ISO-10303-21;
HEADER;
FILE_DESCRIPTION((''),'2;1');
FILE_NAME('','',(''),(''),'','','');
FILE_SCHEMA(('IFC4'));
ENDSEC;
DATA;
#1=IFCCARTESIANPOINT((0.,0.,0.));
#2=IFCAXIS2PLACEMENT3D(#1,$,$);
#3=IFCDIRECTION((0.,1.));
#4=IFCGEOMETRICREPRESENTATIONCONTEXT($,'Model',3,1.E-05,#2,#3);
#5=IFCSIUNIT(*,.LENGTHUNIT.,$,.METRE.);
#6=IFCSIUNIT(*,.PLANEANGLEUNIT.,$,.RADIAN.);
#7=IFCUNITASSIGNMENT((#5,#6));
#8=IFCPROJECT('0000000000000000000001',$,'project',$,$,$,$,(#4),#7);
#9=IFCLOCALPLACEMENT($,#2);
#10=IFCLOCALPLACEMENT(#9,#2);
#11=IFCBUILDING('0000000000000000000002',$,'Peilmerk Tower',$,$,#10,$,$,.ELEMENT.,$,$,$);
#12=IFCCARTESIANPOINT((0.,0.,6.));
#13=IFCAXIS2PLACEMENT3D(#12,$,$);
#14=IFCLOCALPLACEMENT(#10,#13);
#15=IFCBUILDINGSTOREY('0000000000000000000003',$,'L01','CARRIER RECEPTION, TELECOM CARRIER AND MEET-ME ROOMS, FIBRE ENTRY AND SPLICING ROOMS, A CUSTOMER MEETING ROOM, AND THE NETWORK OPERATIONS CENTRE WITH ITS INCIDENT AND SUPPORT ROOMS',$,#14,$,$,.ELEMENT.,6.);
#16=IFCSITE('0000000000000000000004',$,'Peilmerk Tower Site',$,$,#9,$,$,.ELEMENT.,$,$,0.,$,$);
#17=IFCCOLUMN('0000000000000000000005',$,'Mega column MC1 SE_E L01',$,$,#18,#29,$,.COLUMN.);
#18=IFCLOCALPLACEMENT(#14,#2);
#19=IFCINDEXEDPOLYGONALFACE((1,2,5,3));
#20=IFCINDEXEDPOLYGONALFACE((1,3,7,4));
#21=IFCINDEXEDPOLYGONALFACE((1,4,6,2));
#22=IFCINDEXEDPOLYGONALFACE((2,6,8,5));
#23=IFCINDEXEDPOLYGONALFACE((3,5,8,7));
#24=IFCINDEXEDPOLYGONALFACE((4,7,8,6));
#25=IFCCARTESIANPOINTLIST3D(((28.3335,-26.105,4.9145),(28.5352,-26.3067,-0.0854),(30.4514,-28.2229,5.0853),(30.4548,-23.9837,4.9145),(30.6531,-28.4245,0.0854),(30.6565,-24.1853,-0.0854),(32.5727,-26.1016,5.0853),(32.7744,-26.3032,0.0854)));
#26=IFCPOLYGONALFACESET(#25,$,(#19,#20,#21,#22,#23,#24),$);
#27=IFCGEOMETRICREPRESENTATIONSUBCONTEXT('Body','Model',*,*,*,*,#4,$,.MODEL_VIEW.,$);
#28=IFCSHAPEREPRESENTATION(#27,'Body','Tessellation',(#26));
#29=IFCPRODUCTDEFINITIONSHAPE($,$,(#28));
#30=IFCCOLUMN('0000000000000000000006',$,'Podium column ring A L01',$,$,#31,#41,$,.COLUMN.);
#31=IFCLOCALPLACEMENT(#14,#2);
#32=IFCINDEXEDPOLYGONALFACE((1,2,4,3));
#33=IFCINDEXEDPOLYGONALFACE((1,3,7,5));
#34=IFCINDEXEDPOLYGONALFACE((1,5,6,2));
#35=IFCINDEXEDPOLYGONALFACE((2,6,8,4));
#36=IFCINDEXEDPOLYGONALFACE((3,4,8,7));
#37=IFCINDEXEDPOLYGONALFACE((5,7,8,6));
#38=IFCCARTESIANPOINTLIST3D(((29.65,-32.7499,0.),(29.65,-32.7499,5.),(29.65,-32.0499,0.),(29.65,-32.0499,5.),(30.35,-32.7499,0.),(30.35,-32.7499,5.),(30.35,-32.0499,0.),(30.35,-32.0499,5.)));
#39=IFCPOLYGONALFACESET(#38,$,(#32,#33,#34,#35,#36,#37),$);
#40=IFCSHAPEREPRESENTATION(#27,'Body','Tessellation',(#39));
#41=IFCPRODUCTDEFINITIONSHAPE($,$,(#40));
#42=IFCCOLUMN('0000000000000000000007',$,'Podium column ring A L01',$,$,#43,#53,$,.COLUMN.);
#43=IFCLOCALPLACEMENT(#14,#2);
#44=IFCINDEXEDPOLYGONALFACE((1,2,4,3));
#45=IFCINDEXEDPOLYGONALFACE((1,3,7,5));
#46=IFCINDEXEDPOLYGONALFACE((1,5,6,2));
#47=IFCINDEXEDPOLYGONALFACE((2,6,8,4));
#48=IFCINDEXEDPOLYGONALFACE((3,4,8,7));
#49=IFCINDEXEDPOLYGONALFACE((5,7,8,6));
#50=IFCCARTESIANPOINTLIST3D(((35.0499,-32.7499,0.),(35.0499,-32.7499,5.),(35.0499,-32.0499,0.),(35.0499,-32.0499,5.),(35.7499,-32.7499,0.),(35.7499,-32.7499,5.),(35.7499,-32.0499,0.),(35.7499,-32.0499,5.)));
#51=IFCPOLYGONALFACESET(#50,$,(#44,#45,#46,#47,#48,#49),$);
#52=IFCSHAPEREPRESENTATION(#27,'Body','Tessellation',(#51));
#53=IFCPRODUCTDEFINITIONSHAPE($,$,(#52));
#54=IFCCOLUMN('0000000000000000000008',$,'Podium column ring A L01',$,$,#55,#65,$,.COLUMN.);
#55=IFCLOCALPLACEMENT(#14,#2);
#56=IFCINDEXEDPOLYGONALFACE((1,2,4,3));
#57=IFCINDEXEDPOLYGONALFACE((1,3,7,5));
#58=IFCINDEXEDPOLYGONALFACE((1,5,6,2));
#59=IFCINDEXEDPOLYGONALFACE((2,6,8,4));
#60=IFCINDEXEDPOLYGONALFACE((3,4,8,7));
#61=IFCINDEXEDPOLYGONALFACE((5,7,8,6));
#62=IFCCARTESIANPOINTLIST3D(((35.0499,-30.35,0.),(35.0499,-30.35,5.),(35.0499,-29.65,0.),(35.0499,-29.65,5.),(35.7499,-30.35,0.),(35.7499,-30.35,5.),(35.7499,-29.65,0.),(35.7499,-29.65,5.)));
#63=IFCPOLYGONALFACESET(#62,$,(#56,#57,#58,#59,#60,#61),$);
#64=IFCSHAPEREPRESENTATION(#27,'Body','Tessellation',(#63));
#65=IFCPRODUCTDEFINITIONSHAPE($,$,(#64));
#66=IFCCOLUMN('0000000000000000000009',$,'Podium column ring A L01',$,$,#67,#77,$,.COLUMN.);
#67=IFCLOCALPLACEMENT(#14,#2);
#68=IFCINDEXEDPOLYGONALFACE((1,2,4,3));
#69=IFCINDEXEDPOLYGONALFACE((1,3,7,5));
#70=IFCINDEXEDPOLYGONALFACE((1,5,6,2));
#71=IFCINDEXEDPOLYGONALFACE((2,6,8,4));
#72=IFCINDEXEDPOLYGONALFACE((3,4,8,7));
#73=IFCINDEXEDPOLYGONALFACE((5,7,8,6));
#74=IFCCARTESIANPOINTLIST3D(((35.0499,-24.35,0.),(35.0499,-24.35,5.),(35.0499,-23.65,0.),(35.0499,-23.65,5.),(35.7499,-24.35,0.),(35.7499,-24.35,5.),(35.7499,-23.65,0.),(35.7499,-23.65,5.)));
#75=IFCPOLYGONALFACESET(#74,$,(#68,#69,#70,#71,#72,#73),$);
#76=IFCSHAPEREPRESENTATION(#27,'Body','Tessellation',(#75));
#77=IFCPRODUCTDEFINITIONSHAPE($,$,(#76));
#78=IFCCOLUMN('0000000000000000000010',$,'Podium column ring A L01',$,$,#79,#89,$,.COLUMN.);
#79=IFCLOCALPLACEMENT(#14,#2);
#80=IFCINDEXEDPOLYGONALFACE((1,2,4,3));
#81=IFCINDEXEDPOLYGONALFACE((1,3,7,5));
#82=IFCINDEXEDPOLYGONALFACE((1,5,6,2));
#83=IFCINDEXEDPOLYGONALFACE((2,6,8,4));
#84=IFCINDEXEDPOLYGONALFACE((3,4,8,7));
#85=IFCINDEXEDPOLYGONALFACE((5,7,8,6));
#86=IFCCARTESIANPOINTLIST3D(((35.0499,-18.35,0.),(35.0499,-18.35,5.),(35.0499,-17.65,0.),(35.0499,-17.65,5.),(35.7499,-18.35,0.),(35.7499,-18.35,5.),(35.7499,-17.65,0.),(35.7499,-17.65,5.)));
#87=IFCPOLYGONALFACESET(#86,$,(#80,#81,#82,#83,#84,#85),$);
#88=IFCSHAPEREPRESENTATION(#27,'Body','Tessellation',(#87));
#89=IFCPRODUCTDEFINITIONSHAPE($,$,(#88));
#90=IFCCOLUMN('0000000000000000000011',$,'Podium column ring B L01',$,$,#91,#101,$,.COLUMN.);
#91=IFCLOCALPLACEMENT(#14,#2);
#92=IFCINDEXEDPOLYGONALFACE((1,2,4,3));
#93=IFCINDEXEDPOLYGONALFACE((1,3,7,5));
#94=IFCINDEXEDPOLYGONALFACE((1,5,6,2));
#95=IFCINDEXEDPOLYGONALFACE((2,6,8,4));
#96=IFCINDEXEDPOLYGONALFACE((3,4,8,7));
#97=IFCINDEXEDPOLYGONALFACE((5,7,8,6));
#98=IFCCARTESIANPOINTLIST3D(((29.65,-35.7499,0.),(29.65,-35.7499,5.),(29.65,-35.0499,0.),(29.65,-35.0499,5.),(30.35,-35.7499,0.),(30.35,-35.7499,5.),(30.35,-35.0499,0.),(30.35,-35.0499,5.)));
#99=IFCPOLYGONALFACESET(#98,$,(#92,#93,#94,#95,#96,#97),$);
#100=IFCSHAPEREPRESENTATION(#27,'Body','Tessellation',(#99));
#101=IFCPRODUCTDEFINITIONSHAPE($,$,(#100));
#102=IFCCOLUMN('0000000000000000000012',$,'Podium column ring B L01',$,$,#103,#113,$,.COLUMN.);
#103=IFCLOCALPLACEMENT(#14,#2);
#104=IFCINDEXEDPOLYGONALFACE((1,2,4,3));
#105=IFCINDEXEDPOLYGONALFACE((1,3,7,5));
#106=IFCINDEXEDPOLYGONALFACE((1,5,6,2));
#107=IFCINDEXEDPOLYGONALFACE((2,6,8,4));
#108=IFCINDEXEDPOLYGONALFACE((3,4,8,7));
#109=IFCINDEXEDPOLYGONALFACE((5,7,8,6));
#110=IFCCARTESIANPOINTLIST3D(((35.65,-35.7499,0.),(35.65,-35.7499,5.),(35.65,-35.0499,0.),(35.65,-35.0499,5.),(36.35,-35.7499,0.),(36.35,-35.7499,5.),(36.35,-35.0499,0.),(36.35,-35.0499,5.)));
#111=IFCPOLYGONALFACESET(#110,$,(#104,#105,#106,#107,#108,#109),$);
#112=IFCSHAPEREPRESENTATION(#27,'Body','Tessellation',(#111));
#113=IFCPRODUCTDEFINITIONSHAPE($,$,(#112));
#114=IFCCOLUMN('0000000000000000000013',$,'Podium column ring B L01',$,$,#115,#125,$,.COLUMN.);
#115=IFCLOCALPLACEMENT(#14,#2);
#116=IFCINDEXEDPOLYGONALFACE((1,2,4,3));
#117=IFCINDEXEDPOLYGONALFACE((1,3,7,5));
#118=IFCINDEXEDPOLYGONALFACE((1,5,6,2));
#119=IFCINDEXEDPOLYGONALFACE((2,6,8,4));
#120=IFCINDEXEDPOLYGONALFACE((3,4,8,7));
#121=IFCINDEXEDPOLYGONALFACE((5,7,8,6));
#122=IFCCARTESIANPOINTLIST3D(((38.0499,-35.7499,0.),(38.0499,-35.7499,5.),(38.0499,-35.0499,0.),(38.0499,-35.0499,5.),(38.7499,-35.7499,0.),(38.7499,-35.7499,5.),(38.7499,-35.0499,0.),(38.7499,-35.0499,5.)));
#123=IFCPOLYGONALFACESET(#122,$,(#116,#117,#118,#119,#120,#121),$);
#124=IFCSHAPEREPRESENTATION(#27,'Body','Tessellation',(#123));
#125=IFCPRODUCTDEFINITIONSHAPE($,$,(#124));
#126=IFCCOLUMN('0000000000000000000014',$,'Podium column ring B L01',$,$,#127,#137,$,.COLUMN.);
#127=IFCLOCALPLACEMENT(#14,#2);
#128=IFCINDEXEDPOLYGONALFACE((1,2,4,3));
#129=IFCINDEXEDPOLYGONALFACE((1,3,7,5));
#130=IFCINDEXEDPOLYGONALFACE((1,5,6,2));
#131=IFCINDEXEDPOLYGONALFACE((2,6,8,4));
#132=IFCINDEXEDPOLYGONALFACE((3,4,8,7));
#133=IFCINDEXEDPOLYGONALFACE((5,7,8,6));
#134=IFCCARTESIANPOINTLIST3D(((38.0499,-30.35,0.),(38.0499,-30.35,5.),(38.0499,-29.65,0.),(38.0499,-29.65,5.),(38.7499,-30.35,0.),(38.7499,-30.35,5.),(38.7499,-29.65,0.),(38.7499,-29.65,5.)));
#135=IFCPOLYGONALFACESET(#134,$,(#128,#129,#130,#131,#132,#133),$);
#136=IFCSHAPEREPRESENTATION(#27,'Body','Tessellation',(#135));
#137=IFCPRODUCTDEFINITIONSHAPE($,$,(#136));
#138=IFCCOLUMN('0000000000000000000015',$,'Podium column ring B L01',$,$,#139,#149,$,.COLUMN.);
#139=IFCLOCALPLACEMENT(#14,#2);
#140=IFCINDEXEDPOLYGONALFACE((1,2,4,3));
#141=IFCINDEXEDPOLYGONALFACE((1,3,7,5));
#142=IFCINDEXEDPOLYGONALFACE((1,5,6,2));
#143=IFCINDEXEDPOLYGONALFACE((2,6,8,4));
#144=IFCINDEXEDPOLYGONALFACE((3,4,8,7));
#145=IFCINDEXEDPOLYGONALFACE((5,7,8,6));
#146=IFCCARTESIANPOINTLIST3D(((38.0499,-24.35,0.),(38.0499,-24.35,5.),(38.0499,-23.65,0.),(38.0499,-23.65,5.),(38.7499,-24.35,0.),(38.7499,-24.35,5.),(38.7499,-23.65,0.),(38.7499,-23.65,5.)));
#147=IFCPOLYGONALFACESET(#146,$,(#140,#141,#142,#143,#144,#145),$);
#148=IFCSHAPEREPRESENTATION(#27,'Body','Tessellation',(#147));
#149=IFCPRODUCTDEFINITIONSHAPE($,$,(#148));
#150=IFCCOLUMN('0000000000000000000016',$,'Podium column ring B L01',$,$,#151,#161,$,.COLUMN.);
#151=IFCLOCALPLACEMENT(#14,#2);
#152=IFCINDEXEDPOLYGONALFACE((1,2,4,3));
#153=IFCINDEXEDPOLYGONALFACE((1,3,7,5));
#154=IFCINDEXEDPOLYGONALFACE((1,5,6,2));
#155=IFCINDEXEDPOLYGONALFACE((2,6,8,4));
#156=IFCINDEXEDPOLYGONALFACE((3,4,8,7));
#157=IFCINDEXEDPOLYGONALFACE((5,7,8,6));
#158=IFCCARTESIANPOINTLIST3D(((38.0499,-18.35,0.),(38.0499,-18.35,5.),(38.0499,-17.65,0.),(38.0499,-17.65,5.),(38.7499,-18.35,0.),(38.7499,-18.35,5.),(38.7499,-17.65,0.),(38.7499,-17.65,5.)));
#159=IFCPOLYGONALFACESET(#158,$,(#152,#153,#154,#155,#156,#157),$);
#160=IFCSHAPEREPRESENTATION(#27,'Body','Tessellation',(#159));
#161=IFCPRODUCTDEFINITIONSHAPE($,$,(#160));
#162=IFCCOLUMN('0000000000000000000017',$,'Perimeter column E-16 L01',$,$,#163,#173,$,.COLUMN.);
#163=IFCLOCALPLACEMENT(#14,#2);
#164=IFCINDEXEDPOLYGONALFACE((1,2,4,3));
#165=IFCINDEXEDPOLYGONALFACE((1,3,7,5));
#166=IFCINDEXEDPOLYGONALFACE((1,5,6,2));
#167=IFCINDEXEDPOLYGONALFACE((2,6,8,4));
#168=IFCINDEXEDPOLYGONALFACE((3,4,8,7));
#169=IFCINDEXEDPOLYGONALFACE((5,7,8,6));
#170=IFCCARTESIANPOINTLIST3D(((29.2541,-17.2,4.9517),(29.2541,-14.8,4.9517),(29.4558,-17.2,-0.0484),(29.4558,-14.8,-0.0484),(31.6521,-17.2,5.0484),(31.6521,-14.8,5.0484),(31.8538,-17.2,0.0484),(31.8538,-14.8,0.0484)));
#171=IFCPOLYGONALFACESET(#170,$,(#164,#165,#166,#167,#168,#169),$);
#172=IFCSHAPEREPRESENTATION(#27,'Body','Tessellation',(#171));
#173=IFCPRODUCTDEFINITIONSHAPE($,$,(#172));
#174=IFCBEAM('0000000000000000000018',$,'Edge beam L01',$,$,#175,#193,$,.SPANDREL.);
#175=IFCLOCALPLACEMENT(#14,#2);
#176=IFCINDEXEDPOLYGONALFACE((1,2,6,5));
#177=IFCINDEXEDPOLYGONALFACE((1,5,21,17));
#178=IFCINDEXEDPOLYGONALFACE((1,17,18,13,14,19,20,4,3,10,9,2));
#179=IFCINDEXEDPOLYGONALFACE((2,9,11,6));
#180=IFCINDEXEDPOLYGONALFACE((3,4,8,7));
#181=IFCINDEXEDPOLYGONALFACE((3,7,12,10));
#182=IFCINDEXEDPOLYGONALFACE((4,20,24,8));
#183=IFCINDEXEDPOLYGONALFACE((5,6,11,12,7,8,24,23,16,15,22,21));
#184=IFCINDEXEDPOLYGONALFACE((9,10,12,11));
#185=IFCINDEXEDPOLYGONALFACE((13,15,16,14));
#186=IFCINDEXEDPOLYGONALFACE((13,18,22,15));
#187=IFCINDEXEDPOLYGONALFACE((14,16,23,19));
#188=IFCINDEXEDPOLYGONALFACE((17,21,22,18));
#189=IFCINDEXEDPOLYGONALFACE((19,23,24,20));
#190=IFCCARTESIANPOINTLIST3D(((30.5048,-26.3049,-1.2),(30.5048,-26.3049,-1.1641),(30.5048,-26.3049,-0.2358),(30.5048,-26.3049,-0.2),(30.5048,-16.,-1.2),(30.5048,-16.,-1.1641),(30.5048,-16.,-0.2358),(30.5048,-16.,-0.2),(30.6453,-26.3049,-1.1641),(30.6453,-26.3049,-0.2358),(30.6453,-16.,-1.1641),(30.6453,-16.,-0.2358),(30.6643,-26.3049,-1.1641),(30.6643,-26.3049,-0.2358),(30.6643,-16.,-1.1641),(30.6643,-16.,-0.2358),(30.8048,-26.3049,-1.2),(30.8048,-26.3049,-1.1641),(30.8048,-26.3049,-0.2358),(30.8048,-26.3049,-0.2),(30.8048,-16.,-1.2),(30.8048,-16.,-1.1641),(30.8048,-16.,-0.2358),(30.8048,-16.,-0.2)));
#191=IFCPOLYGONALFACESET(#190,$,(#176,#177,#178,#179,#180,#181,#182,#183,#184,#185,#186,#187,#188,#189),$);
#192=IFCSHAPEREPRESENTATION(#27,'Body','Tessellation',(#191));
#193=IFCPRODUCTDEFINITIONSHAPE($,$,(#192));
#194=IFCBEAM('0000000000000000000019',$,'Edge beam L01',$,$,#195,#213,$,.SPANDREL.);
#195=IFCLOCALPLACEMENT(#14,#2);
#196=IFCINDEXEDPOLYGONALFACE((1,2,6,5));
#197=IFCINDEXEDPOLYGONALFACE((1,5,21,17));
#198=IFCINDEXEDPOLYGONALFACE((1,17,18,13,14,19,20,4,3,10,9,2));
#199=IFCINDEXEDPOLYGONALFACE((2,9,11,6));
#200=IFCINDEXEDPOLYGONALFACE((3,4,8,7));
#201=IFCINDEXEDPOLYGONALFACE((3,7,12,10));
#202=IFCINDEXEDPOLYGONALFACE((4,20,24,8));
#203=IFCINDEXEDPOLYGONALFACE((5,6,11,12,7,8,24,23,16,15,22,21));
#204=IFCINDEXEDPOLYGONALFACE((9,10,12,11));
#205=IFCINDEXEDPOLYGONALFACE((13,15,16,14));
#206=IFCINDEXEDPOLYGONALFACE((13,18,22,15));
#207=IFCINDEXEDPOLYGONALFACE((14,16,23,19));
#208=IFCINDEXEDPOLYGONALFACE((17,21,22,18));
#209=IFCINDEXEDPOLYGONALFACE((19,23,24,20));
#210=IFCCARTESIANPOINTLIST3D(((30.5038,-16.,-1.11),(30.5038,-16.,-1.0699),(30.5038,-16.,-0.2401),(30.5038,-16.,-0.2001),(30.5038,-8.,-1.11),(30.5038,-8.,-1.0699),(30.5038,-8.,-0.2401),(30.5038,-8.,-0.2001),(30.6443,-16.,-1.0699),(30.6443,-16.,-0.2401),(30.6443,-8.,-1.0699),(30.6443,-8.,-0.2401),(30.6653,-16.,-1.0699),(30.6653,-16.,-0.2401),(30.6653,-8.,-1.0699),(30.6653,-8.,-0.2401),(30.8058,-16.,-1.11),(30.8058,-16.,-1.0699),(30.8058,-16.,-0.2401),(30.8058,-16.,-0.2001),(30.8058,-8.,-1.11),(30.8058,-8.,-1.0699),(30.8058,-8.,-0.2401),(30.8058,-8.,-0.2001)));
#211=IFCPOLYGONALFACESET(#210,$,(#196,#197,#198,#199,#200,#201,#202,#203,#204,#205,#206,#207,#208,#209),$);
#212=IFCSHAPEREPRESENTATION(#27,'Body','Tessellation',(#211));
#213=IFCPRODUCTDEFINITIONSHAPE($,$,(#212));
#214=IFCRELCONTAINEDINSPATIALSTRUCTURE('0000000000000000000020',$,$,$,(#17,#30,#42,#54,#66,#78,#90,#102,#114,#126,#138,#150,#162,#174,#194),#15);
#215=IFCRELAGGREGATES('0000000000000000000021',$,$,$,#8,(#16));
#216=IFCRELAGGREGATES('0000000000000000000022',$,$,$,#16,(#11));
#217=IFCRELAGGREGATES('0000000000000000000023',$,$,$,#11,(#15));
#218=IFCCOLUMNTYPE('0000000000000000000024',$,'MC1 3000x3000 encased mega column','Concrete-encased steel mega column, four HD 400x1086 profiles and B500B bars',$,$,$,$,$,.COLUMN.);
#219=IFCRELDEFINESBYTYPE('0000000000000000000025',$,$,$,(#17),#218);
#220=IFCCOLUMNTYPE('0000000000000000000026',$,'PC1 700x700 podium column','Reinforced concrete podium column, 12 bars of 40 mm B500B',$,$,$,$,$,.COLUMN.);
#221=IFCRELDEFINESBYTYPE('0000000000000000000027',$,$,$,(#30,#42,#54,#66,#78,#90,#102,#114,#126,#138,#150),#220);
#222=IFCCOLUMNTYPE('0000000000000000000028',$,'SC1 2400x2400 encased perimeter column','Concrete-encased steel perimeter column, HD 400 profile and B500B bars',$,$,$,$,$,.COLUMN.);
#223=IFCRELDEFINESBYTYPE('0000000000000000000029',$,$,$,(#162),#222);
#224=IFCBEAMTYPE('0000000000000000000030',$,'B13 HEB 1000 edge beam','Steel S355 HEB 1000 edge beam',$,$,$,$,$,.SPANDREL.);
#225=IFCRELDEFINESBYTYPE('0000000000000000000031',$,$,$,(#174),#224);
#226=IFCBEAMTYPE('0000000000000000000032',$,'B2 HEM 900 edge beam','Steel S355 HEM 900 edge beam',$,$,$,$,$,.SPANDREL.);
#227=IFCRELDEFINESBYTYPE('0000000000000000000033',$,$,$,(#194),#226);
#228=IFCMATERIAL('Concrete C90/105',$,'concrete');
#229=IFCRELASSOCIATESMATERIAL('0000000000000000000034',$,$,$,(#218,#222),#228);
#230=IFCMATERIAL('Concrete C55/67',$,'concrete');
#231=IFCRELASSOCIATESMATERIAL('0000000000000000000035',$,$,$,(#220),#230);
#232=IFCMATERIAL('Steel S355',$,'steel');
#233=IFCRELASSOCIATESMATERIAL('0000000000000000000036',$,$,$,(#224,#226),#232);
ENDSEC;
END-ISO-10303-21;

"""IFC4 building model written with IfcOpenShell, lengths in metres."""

from ifc_helpers import new_model, si_unit, direction, frame, origin, origin_2d, place, context, subcontext, project, spatial, rectangle, i_section, extrude, material, material_profile, profile_set, type_object, element, save


model = new_model("IFC4")

# Units and contexts
model_context = context("Model", 3, precision=1e-05, world=origin(), true_north=direction((0.0, 1.0)))
body_context = subcontext(model_context, "Body", "Model", "MODEL_VIEW")
ifc_project = project(units=[si_unit("LENGTHUNIT", "METRE"), si_unit("PLANEANGLEUNIT", "RADIAN")], contexts=[model_context])

# Site, building, storey
site_placement = place(None, origin())
site = spatial("IfcSite", under=ifc_project, at=site_placement, Name="Peilmerk Tower Site", CompositionType="ELEMENT", RefElevation=0.0)
building_placement = place(site_placement, origin())
building = spatial("IfcBuilding", under=site, at=building_placement, Name="Peilmerk Tower", CompositionType="ELEMENT")
storey_placement = place(building_placement, frame((0.0, 0.0, 6.0)))
storey = spatial("IfcBuildingStorey", under=building, at=storey_placement, Name="L01", Description="CARRIER RECEPTION, TELECOM CARRIER AND MEET-ME ROOMS, FIBRE ENTRY AND SPLICING ROOMS, A CUSTOMER MEETING ROOM, AND THE NETWORK OPERATIONS CENTRE WITH ITS INCIDENT AND SUPPORT ROOMS", CompositionType="ELEMENT", Elevation=6.0)

# Columns
ifc_material_1 = material(Name="Concrete C90/105", Category="concrete")
ifc_material_profile_1 = material_profile(ifc_material_1, rectangle(XDim=3.0, YDim=3.0, at=origin_2d()), Name="RC 3000x3000")
ifc_profile_set_1 = profile_set([ifc_material_profile_1], Name="Concrete C90/105")
column_type_1 = type_object("IfcColumnType", Name="MC1 3000x3000 encased mega column", Description="Concrete-encased steel mega column, four HD 400x1086 profiles and B500B bars", PredefinedType="COLUMN", material=ifc_profile_set_1)
column_1_placement = place(storey_placement, frame((30.6548, -26.3049, 0.0), z_axis=(-0.040267, 0.040267, 0.998377), x_axis=(-0.707107, -0.707107, 0.0)))
element("IfcColumn", 1, at=column_1_placement, inside=storey, type_object=column_type_1, Name="Mega column MC1 SE_E L01", PredefinedType="COLUMN", context=body_context, shape_type="SweptSolid", body=[
    extrude(rectangle(XDim=3.0, YDim=3.0, at=origin_2d()), origin(), (0.0, 0.0, 1.0), 5.0081),
])
ifc_material_2 = material(Name="Concrete C55/67", Category="concrete")
ifc_material_profile_2 = material_profile(ifc_material_2, rectangle(XDim=0.7, YDim=0.7, at=origin_2d()), Name="RC 700x700")
ifc_profile_set_2 = profile_set([ifc_material_profile_2], Name="Concrete C55/67")
column_type_2 = type_object("IfcColumnType", Name="PC1 700x700 podium column", Description="Reinforced concrete podium column, 12 bars of 40 mm B500B", PredefinedType="COLUMN", material=ifc_profile_set_2)
for number, where, z_axis, x_axis, name in (
    (2, (30.0, -32.3999, 0.0), (0.0, 0.0, 1.0), (1.0, 0.0, 0.0), "Podium column ring A L01"),
    (3, (35.3999, -32.3999, 0.0), (0.0, 0.0, 1.0), (1.0, 0.0, 0.0), "Podium column ring A L01"),
    (4, (35.3999, -30.0, 0.0), (0.0, 0.0, 1.0), (1.0, 0.0, 0.0), "Podium column ring A L01"),
    (5, (35.3999, -24.0, 0.0), (0.0, 0.0, 1.0), (1.0, 0.0, 0.0), "Podium column ring A L01"),
    (6, (35.3999, -18.0, 0.0), (0.0, 0.0, 1.0), (1.0, 0.0, 0.0), "Podium column ring A L01"),
    (7, (30.0, -35.3999, 0.0), (0.0, 0.0, 1.0), (1.0, 0.0, 0.0), "Podium column ring B L01"),
    (8, (36.0, -35.3999, 0.0), (0.0, 0.0, 1.0), (1.0, 0.0, 0.0), "Podium column ring B L01"),
    (9, (38.3999, -35.3999, 0.0), (0.0, 0.0, 1.0), (1.0, 0.0, 0.0), "Podium column ring B L01"),
    (10, (38.3999, -30.0, 0.0), (0.0, 0.0, 1.0), (1.0, 0.0, 0.0), "Podium column ring B L01"),
    (11, (38.3999, -24.0, 0.0), (0.0, 0.0, 1.0), (1.0, 0.0, 0.0), "Podium column ring B L01"),
    (12, (38.3999, -18.0, 0.0), (0.0, 0.0, 1.0), (1.0, 0.0, 0.0), "Podium column ring B L01"),
):
    element("IfcColumn", number, at=place(storey_placement, frame(where, z_axis=z_axis, x_axis=x_axis)), inside=storey, type_object=column_type_2, Name=name, PredefinedType="COLUMN", context=body_context, shape_type="SweptSolid", body=[
        extrude(rectangle(XDim=0.7, YDim=0.7, at=origin_2d()), origin(), (0.0, 0.0, 1.0), 5.0),
    ])
ifc_material_profile_3 = material_profile(ifc_material_1, rectangle(XDim=2.3999, YDim=2.3999, at=origin_2d()), Name="RC 2400x2400")
ifc_profile_set_3 = profile_set([ifc_material_profile_3], Name="Concrete C90/105")
column_type_3 = type_object("IfcColumnType", Name="SC1 2400x2400 encased perimeter column", Description="Concrete-encased steel perimeter column, HD 400 profile and B500B bars", PredefinedType="COLUMN", material=ifc_profile_set_3)
column_2_placement = place(storey_placement, frame((30.6548, -16.0, 0.0), z_axis=(-0.040299, 0.0, 0.999188), x_axis=(0.0, -1.0, 0.0)))
element("IfcColumn", 13, at=column_2_placement, inside=storey, type_object=column_type_3, Name="Perimeter column E-16 L01", PredefinedType="COLUMN", context=body_context, shape_type="SweptSolid", body=[
    extrude(rectangle(XDim=2.3999, YDim=2.3999, at=origin_2d()), origin(), (0.0, 0.0, 1.0), 5.0042),
])

# Beams
ifc_material_3 = material(Name="Steel S355", Category="steel")
ifc_material_profile_4 = material_profile(ifc_material_3, i_section(OverallWidth=0.3, OverallDepth=1.0, WebThickness=0.019, FlangeThickness=0.0359, at=origin_2d()), Name="HEB 1000")
ifc_profile_set_4 = profile_set([ifc_material_profile_4], Name="Steel S355")
beam_type_1 = type_object("IfcBeamType", Name="B13 HEB 1000 edge beam", Description="Steel S355 HEB 1000 edge beam", PredefinedType="SPANDREL", material=ifc_profile_set_4)
beam_1_placement = place(storey_placement, frame((30.6548, -26.3049, -0.7), z_axis=(0.0, 1.0, 0.0), x_axis=(-1.0, 0.0, 0.0)))
element("IfcBeam", 14, at=beam_1_placement, inside=storey, type_object=beam_type_1, Name="Edge beam L01", PredefinedType="SPANDREL", context=body_context, shape_type="SweptSolid", body=[
    extrude(i_section(OverallWidth=0.3, OverallDepth=1.0, WebThickness=0.019, FlangeThickness=0.0359, at=origin_2d()), origin(), (0.0, 0.0, 1.0), 10.3049),
])
ifc_material_profile_5 = material_profile(ifc_material_3, i_section(OverallWidth=0.302, OverallDepth=0.9099, WebThickness=0.021, FlangeThickness=0.04, at=origin_2d()), Name="HEM 900")
ifc_profile_set_5 = profile_set([ifc_material_profile_5], Name="Steel S355")
beam_type_2 = type_object("IfcBeamType", Name="B2 HEM 900 edge beam", Description="Steel S355 HEM 900 edge beam", PredefinedType="SPANDREL", material=ifc_profile_set_5)
beam_2_placement = place(storey_placement, frame((30.6548, -16.0, -0.655), z_axis=(0.0, 1.0, 0.0), x_axis=(-1.0, 0.0, 0.0)))
element("IfcBeam", 15, at=beam_2_placement, inside=storey, type_object=beam_type_2, Name="Edge beam L01", PredefinedType="SPANDREL", context=body_context, shape_type="SweptSolid", body=[
    extrude(i_section(OverallWidth=0.302, OverallDepth=0.9099, WebThickness=0.021, FlangeThickness=0.04, at=origin_2d()), origin(), (0.0, 0.0, 1.0), 8.0),
])

save(model, "model.ifc")
